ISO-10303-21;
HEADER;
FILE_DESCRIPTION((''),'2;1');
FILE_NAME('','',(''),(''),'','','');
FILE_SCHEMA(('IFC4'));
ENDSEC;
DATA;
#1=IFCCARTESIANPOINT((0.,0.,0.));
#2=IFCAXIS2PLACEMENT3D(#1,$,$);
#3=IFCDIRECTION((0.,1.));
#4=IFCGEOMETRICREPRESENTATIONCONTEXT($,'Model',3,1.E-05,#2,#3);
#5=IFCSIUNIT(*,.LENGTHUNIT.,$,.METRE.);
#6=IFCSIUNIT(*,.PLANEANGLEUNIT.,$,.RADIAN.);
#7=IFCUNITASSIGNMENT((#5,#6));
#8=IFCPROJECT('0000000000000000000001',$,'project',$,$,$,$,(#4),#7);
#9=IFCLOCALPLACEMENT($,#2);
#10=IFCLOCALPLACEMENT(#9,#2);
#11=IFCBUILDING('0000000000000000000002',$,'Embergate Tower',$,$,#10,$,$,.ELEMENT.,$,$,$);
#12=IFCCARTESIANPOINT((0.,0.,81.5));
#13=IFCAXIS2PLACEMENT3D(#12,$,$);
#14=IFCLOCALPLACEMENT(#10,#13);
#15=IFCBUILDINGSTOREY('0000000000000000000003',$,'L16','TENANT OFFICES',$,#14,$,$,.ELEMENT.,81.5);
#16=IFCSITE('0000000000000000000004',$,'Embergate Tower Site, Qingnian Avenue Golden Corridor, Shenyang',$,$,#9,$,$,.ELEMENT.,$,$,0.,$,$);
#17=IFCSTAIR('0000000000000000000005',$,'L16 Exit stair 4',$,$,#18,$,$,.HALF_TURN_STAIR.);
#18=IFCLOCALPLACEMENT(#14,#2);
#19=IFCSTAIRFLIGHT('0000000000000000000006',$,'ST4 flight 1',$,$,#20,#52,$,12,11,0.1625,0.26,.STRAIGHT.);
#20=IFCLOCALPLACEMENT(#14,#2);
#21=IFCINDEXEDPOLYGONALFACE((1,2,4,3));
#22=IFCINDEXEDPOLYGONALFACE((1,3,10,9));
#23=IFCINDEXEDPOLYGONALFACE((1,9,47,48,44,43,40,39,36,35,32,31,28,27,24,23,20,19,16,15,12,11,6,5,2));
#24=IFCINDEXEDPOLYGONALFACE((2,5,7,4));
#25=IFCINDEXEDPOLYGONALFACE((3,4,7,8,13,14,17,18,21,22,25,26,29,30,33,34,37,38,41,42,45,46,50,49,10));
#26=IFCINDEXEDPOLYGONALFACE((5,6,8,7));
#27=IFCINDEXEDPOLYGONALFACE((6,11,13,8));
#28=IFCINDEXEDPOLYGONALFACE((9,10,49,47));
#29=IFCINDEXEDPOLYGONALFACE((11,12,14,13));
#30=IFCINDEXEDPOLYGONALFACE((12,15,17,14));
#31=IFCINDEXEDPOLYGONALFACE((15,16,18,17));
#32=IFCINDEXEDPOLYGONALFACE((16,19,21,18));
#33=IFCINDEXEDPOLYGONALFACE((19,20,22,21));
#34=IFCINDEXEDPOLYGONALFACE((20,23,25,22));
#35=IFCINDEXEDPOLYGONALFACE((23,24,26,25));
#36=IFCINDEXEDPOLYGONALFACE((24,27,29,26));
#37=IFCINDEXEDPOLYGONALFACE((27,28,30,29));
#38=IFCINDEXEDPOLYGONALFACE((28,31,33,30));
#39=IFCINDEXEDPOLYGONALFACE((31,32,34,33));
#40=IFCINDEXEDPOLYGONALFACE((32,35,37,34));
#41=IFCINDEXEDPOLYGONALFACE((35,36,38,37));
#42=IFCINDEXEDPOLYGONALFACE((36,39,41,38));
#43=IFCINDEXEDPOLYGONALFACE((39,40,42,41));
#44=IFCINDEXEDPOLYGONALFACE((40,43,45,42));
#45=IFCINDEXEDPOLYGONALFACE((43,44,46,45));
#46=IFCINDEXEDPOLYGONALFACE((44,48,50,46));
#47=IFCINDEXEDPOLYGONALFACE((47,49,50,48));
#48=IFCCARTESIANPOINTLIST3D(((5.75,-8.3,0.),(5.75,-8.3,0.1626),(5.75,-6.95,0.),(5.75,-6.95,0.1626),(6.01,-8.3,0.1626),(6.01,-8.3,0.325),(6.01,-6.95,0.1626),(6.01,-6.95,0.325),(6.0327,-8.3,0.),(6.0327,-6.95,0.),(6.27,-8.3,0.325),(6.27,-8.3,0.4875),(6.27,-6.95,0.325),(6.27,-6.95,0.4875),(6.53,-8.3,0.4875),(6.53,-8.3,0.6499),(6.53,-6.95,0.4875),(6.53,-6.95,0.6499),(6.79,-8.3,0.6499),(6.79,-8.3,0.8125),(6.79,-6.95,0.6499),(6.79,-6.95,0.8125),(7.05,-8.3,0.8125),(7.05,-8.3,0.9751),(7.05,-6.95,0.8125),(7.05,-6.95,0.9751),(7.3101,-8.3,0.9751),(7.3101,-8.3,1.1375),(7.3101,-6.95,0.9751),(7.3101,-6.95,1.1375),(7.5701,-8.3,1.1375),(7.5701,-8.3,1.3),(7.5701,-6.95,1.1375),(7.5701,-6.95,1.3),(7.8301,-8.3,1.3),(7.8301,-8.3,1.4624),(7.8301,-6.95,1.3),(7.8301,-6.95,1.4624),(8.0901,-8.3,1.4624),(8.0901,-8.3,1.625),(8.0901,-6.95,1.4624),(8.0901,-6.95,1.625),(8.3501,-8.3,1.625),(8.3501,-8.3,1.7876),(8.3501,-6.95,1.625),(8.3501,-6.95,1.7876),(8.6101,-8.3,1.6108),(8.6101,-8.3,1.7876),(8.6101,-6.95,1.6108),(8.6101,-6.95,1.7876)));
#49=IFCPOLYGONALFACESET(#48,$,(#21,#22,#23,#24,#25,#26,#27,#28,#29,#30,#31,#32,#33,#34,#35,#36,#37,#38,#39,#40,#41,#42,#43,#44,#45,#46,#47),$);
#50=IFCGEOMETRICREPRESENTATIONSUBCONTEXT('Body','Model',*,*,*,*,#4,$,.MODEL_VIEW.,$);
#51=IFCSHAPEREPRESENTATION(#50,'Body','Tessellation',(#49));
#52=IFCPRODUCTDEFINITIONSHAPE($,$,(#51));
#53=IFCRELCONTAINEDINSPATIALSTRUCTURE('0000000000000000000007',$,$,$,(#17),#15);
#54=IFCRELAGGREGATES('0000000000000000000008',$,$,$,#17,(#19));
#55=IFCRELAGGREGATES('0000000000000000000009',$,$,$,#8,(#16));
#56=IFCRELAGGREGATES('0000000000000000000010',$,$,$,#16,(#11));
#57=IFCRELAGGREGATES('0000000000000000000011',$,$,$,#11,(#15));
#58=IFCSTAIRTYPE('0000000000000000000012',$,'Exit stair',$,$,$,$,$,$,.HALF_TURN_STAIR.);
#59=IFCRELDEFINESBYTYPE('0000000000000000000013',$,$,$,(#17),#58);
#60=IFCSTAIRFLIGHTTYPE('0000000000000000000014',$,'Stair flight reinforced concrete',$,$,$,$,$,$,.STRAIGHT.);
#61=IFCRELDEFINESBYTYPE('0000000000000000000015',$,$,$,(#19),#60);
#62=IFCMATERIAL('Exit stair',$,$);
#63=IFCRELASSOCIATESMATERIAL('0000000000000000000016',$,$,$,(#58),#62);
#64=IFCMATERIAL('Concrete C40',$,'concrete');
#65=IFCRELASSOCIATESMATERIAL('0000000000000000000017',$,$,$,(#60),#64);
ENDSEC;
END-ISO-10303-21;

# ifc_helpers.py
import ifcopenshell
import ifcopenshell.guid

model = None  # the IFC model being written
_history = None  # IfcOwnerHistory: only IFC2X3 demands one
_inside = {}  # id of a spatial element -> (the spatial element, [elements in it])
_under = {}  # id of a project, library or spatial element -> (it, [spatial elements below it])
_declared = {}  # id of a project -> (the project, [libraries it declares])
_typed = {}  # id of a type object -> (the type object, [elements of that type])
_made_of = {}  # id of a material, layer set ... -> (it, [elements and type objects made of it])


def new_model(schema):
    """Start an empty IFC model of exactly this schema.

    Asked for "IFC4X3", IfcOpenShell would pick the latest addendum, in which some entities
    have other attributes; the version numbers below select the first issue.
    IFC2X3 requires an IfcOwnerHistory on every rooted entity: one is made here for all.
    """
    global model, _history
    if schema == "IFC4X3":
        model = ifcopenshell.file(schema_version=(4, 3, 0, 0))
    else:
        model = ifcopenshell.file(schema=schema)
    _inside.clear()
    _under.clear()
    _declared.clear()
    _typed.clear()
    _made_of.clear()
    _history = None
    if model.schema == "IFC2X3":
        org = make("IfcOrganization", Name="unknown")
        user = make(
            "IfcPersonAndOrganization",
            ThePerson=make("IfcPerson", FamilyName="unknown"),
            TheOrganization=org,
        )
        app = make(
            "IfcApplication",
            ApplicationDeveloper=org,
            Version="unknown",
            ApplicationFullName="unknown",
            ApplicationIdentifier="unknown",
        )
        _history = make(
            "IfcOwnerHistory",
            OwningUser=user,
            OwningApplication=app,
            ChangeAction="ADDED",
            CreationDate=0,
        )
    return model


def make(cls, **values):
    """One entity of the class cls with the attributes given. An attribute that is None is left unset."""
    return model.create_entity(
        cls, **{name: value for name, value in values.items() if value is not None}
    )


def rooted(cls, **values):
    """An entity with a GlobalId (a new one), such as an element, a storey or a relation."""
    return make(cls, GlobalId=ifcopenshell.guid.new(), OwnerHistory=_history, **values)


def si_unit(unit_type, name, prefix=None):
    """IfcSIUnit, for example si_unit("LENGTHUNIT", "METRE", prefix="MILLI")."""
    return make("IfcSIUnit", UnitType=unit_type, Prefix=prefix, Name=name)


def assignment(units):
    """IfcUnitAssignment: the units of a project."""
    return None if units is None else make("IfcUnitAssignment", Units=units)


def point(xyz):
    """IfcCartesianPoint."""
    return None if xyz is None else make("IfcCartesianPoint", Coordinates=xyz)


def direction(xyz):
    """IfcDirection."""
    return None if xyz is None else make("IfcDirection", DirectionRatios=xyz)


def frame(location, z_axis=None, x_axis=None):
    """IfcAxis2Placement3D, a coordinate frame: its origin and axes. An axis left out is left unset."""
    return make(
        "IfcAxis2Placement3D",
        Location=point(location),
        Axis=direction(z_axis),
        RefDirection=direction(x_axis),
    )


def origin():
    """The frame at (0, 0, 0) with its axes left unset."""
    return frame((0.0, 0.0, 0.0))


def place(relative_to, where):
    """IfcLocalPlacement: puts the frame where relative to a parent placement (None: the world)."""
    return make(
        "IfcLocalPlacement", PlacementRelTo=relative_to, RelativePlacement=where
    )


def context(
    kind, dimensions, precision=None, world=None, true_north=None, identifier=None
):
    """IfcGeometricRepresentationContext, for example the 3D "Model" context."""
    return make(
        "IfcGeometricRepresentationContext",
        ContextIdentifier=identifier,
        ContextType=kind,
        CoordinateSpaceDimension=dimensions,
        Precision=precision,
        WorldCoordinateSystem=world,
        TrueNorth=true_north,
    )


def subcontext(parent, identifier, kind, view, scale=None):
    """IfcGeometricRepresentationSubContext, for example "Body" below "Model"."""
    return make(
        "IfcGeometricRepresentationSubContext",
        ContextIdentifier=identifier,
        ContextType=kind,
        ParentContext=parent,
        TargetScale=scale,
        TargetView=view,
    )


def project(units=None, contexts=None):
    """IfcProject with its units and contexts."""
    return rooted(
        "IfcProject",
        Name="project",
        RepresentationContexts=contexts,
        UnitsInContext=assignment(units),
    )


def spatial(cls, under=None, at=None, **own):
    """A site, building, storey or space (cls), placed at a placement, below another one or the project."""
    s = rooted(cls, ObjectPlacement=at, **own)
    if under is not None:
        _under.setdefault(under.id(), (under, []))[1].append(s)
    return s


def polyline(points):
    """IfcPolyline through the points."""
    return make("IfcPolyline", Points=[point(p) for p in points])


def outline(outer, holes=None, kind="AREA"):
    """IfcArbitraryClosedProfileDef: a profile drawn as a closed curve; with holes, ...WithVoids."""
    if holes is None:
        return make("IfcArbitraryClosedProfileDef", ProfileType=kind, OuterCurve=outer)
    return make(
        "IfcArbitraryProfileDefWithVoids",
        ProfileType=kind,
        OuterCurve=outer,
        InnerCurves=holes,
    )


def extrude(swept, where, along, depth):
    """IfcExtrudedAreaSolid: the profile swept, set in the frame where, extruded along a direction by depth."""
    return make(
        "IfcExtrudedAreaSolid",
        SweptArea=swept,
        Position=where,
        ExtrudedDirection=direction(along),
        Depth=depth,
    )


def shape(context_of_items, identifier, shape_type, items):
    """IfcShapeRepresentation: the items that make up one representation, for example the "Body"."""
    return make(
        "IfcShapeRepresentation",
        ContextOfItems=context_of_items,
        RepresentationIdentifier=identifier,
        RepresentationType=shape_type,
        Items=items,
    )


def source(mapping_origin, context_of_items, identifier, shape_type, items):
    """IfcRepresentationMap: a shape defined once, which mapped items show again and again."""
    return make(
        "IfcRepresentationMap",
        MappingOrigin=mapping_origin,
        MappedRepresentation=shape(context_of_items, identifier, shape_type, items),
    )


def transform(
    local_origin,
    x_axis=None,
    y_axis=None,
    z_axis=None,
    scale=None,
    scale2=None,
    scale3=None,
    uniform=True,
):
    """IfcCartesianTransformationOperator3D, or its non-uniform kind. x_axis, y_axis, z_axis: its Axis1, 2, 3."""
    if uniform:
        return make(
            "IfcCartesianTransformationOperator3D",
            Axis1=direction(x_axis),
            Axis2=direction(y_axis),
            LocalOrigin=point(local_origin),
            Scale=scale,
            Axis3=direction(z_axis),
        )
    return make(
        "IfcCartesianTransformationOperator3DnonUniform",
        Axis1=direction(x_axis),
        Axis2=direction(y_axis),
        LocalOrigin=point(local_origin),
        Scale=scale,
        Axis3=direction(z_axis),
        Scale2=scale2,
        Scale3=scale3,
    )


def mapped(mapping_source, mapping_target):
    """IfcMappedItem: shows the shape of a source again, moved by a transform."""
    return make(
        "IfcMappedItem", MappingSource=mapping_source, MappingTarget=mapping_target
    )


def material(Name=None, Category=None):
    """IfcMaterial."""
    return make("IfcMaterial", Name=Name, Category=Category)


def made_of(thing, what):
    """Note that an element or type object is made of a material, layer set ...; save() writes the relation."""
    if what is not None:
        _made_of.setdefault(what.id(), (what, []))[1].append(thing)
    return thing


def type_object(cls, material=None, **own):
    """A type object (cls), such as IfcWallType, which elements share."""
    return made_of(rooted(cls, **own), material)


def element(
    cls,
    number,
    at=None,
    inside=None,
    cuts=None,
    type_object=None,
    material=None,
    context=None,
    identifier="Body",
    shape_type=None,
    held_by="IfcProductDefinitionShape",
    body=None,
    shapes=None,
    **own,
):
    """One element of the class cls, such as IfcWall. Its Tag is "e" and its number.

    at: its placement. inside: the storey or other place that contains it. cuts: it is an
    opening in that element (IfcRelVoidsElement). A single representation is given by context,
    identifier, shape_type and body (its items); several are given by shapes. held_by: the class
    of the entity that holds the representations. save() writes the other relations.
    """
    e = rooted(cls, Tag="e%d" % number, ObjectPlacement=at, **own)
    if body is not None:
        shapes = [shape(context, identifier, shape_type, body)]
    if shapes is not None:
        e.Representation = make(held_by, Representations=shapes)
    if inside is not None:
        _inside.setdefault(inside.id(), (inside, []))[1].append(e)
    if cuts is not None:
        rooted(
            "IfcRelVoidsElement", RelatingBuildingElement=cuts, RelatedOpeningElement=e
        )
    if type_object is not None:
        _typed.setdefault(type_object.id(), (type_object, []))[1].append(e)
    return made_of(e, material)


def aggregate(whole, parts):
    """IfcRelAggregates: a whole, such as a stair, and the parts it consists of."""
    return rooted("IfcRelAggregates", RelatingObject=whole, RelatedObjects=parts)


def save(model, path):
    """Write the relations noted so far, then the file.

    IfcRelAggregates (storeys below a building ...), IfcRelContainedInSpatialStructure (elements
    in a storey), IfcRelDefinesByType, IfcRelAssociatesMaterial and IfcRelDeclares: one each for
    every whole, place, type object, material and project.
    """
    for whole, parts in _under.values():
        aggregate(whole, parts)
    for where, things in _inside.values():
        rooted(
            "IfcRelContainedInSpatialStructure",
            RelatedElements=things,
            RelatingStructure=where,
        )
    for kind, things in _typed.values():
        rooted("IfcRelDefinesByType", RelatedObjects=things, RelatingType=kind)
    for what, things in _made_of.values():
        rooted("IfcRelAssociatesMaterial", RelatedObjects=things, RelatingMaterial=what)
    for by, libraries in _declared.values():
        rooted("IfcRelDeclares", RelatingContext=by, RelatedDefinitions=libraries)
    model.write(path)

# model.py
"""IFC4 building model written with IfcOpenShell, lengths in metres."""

from ifc_helpers import new_model, si_unit, direction, frame, origin, place, context, subcontext, project, spatial, polyline, outline, extrude, source, transform, mapped, material, type_object, element, aggregate, save


model = new_model("IFC4")

# Units and contexts
model_context = context("Model", 3, precision=1e-05, world=origin(), true_north=direction((0.0, 1.0)))
body_context = subcontext(model_context, "Body", "Model", "MODEL_VIEW")
ifc_project = project(units=[si_unit("LENGTHUNIT", "METRE"), si_unit("PLANEANGLEUNIT", "RADIAN")], contexts=[model_context])

# Site, building, storey
site_placement = place(None, origin())
site = spatial("IfcSite", under=ifc_project, at=site_placement, Name="Embergate Tower Site, Qingnian Avenue Golden Corridor, Shenyang", CompositionType="ELEMENT", RefElevation=0.0)
building_placement = place(site_placement, origin())
building = spatial("IfcBuilding", under=site, at=building_placement, Name="Embergate Tower", CompositionType="ELEMENT")
storey_placement = place(building_placement, frame((0.0, 0.0, 81.5)))
storey = spatial("IfcBuildingStorey", under=building, at=storey_placement, Name="L16", Description="TENANT OFFICES", CompositionType="ELEMENT", Elevation=81.5)

# Stair, stair flight
ifc_material_1 = material(Name="Exit stair")
stair_type = type_object("IfcStairType", Name="Exit stair", PredefinedType="HALF_TURN_STAIR", material=ifc_material_1)
stair_placement = place(storey_placement, origin())
stair = element("IfcStair", 1, at=stair_placement, inside=storey, type_object=stair_type, Name="L16 Exit stair 4", PredefinedType="HALF_TURN_STAIR")
ifc_material_2 = material(Name="Concrete C40", Category="concrete")
stair_flight_type = type_object("IfcStairFlightType", Name="Stair flight reinforced concrete", PredefinedType="STRAIGHT", material=ifc_material_2)
shared_shape_1 = source(origin(), body_context, "Body", "SweptSolid", [
    extrude(outline(polyline([(0.0, 0.0), (0.0, 0.1626), (0.26, 0.1626), (0.26, 0.325), (0.52, 0.325), (0.52, 0.4875), (0.78, 0.4875), (0.78, 0.6499), (1.04, 0.6499), (1.04, 0.8125), (1.3, 0.8125), (1.3, 0.9751), (1.5601, 0.9751), (1.5601, 1.1375), (1.8201, 1.1375), (1.8201, 1.3), (2.0801, 1.3), (2.0801, 1.4624), (2.3401, 1.4624), (2.3401, 1.625), (2.6001, 1.625), (2.6001, 1.7876), (2.8601, 1.7876), (2.8601, 1.95), (2.8601, 1.6108), (0.2827, 0.0), (0.0, 0.0)])), frame((0.0, 0.675, 0.0), z_axis=(0.0, -1.0, 0.0), x_axis=(1.0, 0.0, 0.0)), (0.0, 0.0, 1.0), 1.3501),
])
stair_flight_placement = place(storey_placement, frame((5.75, -7.625, 0.0), z_axis=(0.0, 0.0, 1.0), x_axis=(1.0, 0.0, 0.0)))
stair_flight = element("IfcStairFlight", 2, at=stair_flight_placement, type_object=stair_flight_type, Name="ST4 flight 1", NumberOfRisers=12, NumberOfTreads=11, PredefinedType="STRAIGHT", RiserHeight=0.1625, TreadLength=0.26, context=body_context, shape_type="MappedRepresentation", body=[
    mapped(shared_shape_1, transform((0.0, 0.0, 0.0))),
])
aggregate(stair, [stair_flight])

save(model, "model.ifc")
